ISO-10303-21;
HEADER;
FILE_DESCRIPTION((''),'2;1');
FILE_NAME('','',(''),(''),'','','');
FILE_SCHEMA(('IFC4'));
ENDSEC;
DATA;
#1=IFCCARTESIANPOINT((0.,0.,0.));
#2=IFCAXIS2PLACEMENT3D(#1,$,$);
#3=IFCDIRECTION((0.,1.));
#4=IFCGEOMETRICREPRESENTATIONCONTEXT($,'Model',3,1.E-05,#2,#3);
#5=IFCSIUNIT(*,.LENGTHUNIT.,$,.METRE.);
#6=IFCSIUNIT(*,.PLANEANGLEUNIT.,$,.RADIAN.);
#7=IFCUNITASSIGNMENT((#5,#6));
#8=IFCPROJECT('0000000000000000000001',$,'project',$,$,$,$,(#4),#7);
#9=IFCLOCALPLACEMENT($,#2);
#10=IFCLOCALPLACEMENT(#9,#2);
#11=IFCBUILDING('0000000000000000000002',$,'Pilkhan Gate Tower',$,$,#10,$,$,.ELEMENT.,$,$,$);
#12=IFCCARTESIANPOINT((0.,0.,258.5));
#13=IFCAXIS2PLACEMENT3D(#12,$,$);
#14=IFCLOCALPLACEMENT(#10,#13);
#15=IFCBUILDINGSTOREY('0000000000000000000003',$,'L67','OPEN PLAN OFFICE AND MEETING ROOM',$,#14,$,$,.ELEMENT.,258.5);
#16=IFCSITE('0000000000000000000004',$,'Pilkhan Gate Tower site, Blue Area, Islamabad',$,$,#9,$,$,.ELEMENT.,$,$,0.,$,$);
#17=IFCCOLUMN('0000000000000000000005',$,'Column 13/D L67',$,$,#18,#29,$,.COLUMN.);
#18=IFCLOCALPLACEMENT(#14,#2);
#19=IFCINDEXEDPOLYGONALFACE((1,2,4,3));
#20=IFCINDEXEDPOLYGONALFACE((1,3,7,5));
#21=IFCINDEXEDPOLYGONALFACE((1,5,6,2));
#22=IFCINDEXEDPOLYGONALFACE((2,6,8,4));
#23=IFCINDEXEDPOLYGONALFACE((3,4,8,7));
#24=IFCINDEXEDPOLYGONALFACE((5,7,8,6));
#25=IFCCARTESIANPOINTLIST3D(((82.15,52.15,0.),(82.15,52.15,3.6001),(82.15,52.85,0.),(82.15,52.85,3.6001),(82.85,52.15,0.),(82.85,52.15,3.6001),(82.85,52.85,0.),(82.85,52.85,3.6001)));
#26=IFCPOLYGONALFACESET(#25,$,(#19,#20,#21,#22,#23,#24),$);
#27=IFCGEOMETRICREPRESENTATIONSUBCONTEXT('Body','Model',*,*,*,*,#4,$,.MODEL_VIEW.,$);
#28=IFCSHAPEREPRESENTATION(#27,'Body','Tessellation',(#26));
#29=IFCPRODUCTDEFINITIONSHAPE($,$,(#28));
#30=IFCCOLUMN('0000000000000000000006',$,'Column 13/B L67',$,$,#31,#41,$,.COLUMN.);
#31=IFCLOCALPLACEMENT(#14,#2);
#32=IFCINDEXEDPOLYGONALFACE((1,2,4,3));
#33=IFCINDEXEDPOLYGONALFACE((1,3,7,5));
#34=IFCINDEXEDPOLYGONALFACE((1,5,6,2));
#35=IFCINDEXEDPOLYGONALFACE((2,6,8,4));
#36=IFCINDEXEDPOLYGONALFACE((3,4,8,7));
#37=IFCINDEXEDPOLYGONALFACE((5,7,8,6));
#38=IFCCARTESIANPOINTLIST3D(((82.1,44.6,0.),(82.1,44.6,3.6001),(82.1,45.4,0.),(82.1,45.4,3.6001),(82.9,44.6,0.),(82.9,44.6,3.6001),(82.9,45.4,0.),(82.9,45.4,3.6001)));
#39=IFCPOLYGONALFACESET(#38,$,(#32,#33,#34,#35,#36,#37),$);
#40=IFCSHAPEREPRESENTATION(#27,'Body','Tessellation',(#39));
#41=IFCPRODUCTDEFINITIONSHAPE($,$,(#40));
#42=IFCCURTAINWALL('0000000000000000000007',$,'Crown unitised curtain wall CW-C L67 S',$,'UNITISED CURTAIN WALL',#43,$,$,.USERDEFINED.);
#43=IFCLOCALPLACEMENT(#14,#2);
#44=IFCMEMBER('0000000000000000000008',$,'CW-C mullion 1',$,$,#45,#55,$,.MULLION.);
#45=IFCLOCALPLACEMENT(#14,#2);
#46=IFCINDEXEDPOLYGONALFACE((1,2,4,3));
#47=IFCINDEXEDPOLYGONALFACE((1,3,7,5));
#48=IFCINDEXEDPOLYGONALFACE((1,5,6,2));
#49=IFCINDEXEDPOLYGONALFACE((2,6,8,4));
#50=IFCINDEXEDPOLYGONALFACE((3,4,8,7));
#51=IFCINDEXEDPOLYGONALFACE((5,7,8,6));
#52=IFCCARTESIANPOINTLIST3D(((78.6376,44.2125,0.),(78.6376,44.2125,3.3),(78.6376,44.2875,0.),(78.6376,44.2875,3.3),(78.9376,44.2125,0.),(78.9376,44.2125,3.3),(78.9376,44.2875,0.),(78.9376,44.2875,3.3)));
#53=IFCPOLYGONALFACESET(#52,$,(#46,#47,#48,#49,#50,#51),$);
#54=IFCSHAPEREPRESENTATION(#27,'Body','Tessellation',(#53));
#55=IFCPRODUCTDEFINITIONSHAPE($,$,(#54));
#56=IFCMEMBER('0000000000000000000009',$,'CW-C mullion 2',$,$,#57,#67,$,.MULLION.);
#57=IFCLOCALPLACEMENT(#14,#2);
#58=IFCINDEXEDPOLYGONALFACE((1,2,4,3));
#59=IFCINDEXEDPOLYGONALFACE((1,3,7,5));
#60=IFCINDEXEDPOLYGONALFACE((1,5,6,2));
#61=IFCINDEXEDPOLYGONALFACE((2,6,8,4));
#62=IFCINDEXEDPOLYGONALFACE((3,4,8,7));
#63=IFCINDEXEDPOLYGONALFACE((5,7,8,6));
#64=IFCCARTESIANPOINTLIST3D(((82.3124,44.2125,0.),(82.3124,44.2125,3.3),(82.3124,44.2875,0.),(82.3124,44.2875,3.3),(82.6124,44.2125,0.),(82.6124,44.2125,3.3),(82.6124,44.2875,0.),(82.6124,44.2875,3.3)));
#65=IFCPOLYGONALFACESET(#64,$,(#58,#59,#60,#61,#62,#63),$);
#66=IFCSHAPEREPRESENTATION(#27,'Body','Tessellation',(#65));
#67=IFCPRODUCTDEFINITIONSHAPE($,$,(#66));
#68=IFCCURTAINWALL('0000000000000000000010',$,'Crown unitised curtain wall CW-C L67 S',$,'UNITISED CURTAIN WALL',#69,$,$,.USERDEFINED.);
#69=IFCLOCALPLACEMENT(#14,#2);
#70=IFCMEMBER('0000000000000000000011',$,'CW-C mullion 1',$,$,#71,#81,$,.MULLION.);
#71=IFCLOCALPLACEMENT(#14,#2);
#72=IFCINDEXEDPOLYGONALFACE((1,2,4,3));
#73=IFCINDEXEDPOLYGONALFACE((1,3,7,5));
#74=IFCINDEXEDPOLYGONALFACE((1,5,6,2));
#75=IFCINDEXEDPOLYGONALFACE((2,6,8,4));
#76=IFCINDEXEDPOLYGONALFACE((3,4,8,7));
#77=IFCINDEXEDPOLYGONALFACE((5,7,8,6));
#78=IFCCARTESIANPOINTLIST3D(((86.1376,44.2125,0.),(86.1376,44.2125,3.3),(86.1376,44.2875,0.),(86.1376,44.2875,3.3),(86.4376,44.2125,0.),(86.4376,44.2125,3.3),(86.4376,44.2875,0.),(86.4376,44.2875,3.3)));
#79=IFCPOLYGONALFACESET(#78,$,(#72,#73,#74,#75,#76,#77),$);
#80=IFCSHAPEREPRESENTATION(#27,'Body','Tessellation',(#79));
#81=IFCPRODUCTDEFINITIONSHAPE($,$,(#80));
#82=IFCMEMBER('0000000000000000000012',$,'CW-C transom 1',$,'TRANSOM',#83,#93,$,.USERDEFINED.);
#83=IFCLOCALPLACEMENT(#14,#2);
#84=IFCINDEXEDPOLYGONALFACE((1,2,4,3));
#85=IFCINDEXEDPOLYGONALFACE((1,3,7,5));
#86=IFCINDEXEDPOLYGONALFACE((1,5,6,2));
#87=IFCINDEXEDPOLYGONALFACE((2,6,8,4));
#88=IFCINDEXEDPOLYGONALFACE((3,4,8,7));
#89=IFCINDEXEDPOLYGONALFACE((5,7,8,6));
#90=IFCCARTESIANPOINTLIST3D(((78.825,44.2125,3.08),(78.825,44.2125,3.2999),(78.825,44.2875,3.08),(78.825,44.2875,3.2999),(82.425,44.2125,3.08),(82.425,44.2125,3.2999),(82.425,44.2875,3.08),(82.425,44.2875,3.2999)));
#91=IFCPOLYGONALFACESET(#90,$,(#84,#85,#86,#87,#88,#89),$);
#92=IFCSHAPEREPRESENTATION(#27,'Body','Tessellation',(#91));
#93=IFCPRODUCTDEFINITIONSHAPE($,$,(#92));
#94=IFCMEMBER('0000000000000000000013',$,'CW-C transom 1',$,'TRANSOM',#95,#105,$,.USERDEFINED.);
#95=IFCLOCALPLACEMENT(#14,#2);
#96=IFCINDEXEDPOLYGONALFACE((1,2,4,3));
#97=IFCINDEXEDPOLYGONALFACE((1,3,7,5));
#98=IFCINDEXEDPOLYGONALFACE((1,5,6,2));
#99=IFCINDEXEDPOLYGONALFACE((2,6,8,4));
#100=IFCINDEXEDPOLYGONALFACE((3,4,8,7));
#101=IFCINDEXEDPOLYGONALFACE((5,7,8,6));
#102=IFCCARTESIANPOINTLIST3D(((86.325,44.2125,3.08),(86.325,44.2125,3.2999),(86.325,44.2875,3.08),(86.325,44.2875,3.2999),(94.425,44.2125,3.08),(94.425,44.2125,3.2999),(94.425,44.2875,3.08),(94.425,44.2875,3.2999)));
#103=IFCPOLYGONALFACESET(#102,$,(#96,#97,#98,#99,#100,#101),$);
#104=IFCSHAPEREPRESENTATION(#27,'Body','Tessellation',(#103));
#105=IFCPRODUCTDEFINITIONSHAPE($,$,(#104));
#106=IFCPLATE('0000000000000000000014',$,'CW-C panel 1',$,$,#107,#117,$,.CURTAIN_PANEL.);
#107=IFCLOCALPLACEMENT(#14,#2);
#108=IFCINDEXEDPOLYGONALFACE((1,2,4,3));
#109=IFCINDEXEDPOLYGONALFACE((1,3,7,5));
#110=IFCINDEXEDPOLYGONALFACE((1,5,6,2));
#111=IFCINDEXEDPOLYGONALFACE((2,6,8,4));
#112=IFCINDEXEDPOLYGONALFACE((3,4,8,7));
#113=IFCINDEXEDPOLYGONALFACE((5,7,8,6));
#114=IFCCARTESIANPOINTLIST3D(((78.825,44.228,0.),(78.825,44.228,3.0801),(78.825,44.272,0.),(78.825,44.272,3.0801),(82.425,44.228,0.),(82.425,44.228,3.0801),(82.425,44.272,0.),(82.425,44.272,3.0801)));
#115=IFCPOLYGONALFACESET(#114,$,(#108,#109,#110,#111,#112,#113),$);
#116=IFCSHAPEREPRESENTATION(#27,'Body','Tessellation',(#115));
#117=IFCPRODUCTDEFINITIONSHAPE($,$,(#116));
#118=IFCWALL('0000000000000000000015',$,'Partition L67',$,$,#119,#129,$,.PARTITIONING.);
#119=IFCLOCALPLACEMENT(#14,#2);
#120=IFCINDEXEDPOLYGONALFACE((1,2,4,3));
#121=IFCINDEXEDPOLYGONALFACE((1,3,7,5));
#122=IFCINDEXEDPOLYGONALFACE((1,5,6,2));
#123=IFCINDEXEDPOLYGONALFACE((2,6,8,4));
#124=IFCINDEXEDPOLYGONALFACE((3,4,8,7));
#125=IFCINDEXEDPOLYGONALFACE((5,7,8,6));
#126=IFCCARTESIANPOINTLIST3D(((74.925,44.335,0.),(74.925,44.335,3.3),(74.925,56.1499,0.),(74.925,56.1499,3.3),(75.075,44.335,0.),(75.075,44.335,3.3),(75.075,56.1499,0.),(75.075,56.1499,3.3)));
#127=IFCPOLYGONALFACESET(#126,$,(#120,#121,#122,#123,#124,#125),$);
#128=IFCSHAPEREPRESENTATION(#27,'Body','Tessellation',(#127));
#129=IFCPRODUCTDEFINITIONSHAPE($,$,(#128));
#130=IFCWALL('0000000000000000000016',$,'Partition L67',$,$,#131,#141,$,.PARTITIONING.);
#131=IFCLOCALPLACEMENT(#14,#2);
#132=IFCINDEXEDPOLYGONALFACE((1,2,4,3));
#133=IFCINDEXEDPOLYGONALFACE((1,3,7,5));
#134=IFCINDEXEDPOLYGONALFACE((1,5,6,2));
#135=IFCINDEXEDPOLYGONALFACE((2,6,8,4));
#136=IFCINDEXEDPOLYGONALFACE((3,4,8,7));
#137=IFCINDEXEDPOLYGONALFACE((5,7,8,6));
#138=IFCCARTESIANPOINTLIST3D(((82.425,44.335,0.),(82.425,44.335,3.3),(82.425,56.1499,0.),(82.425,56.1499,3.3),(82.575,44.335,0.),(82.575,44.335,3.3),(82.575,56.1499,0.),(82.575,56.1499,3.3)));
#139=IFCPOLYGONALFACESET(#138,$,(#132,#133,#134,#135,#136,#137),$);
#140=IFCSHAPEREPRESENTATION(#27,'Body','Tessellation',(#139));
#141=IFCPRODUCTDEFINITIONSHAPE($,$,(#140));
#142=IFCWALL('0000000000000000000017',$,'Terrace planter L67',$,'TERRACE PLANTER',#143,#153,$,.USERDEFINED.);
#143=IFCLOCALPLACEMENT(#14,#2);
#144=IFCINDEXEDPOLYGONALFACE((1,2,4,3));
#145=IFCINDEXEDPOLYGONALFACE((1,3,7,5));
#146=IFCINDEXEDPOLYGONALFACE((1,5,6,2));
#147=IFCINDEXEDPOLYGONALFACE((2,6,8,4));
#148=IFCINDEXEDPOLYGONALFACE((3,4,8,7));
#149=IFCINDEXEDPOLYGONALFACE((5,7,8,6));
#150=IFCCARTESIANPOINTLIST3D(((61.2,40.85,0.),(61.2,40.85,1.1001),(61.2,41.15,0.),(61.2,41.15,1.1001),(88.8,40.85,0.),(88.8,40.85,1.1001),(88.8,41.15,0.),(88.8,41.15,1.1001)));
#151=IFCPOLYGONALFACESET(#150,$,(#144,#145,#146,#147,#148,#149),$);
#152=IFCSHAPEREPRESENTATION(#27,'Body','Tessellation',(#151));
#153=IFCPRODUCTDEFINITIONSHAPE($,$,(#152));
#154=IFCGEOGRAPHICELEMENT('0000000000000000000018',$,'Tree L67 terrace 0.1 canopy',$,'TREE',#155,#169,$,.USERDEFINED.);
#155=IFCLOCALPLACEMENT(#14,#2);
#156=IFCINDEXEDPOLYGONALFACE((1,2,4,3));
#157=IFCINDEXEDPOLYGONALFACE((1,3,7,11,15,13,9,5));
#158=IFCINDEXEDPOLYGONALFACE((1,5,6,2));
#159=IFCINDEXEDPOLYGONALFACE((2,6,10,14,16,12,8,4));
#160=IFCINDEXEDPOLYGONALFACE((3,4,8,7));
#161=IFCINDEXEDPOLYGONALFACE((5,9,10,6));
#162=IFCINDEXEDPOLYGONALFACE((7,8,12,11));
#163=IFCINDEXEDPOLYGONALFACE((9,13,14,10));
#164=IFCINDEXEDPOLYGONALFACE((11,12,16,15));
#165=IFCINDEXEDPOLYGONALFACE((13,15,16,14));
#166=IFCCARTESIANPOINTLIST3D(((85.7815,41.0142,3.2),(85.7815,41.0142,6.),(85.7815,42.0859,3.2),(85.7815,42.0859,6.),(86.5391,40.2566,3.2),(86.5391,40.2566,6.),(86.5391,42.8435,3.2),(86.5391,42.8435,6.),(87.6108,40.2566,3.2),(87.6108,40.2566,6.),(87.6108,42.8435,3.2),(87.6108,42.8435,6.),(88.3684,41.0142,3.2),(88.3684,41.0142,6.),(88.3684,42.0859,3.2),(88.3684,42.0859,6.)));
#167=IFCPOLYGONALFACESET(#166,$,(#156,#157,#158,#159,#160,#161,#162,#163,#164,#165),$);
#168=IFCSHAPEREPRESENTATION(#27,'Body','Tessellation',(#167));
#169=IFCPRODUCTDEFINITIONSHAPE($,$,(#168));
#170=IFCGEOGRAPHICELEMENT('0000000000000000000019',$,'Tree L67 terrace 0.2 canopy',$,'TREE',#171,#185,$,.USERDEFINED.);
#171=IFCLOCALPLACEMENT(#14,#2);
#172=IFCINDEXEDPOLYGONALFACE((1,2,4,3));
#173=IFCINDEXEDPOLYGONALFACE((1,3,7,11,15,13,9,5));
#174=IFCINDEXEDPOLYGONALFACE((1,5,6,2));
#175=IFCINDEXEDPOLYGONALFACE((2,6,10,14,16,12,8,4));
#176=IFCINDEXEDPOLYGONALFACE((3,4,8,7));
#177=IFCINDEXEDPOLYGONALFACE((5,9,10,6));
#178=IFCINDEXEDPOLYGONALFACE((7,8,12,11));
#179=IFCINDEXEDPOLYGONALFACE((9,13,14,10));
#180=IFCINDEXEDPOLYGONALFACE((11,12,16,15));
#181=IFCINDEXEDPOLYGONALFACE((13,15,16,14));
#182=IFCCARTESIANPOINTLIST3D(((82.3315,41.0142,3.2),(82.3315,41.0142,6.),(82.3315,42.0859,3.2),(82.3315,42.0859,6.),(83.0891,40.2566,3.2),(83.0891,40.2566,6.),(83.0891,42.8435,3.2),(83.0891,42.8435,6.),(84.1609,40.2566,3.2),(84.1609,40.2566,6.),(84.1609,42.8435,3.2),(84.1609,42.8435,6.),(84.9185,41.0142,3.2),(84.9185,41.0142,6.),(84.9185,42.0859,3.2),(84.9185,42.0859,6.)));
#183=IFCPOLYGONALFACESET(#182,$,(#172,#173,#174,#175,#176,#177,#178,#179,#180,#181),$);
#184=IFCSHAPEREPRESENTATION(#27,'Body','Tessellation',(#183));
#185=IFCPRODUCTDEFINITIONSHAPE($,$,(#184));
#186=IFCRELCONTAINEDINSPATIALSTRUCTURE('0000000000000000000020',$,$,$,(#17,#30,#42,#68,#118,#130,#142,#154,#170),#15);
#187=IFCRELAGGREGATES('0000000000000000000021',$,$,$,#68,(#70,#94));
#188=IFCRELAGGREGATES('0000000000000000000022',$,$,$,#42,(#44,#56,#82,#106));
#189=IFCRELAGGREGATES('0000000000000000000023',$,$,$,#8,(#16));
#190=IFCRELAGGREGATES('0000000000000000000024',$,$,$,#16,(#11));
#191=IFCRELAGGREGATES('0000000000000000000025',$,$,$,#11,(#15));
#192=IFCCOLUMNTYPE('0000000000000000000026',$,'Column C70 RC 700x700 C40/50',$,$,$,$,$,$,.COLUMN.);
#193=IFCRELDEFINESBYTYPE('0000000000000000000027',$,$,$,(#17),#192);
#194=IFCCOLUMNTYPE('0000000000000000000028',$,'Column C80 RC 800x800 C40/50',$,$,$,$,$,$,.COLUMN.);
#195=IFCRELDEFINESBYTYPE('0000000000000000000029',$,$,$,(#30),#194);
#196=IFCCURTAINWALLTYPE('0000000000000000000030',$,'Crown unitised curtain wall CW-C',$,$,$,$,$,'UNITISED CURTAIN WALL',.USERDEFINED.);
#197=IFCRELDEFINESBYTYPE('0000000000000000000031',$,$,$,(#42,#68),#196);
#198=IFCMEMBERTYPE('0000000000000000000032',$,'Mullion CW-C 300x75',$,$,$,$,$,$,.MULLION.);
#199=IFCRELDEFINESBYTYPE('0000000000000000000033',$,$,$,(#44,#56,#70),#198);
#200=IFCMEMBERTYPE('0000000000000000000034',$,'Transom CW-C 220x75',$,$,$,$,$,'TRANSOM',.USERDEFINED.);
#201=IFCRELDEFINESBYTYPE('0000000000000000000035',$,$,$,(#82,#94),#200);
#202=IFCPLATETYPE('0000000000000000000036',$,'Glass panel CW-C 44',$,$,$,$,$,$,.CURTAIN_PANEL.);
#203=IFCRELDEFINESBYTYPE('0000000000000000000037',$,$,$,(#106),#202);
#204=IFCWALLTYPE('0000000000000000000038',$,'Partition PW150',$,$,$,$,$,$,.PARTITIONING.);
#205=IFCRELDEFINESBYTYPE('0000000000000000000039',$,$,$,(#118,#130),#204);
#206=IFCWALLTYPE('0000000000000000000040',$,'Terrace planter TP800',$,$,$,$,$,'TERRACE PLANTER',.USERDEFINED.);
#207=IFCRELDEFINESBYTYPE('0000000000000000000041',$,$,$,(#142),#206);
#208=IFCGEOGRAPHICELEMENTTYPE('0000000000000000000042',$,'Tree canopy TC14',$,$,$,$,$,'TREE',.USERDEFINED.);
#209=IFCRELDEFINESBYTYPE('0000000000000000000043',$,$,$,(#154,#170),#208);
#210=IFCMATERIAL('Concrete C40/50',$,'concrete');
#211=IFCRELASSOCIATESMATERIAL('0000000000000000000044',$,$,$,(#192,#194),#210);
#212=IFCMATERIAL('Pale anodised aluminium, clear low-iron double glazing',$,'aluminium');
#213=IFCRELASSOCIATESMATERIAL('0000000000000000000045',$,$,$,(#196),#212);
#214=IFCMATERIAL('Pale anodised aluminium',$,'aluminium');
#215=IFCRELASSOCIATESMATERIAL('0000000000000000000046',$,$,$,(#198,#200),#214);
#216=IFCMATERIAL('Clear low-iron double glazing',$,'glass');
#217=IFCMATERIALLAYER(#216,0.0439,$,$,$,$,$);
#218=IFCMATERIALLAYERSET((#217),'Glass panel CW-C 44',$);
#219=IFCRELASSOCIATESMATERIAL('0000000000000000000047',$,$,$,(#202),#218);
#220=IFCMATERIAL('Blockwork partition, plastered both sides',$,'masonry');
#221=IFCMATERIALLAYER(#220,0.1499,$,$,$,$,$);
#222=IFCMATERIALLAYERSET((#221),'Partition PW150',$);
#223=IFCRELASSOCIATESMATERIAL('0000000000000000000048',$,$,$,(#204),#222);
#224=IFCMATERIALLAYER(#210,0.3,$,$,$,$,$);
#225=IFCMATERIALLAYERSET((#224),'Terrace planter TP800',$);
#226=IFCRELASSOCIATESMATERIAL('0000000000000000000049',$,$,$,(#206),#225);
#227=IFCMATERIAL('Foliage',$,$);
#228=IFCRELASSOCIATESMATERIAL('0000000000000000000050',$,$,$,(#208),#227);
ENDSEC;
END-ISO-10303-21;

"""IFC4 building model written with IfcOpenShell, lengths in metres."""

from ifc_helpers import new_model, si_unit, direction, frame, frame_2d, origin, origin_2d, place, context, subcontext, project, spatial, polyline, rectangle, outline, extrude, material, layer, layer_set, material_profile, profile_set, type_object, element, aggregate, save


model = new_model("IFC4")

# Units and contexts
model_context = context("Model", 3, precision=1e-05, world=origin(), true_north=direction((0.0, 1.0)))
body_context = subcontext(model_context, "Body", "Model", "MODEL_VIEW")
ifc_project = project(units=[si_unit("LENGTHUNIT", "METRE"), si_unit("PLANEANGLEUNIT", "RADIAN")], contexts=[model_context])

# Site, building, storey
site_placement = place(None, origin())
site = spatial("IfcSite", under=ifc_project, at=site_placement, Name="Pilkhan Gate Tower site, Blue Area, Islamabad", CompositionType="ELEMENT", RefElevation=0.0)
building_placement = place(site_placement, origin())
building = spatial("IfcBuilding", under=site, at=building_placement, Name="Pilkhan Gate Tower", CompositionType="ELEMENT")
storey_placement = place(building_placement, frame((0.0, 0.0, 258.5)))
storey = spatial("IfcBuildingStorey", under=building, at=storey_placement, Name="L67", Description="OPEN PLAN OFFICE AND MEETING ROOM", CompositionType="ELEMENT", Elevation=258.5)

# Columns
ifc_material_1 = material(Name="Concrete C40/50", Category="concrete")
ifc_material_profile_1 = material_profile(ifc_material_1, rectangle(XDim=0.7, YDim=0.7, at=origin_2d()), Name="RC 700x700")
ifc_profile_set_1 = profile_set([ifc_material_profile_1], Name="Concrete C40/50")
column_type_1 = type_object("IfcColumnType", Name="Column C70 RC 700x700 C40/50", PredefinedType="COLUMN", material=ifc_profile_set_1)
column_1_placement = place(storey_placement, frame((82.5, 52.5, 0.0), z_axis=(0.0, 0.0, 1.0), x_axis=(1.0, 0.0, 0.0)))
element("IfcColumn", 1, at=column_1_placement, inside=storey, type_object=column_type_1, Name="Column 13/D L67", PredefinedType="COLUMN", context=body_context, shape_type="SweptSolid", body=[
    extrude(rectangle(XDim=0.7, YDim=0.7, at=origin_2d()), origin(), (0.0, 0.0, 1.0), 3.6001),
])
ifc_material_profile_2 = material_profile(ifc_material_1, rectangle(XDim=0.8, YDim=0.8, at=origin_2d()), Name="RC 800x800")
ifc_profile_set_2 = profile_set([ifc_material_profile_2], Name="Concrete C40/50")
column_type_2 = type_object("IfcColumnType", Name="Column C80 RC 800x800 C40/50", PredefinedType="COLUMN", material=ifc_profile_set_2)
column_2_placement = place(storey_placement, frame((82.5, 45.0, 0.0), z_axis=(0.0, 0.0, 1.0), x_axis=(1.0, 0.0, 0.0)))
element("IfcColumn", 2, at=column_2_placement, inside=storey, type_object=column_type_2, Name="Column 13/B L67", PredefinedType="COLUMN", context=body_context, shape_type="SweptSolid", body=[
    extrude(rectangle(XDim=0.8, YDim=0.8, at=origin_2d()), origin(), (0.0, 0.0, 1.0), 3.6001),
])

# Curtain wall, members
ifc_material_2 = material(Name="Pale anodised aluminium, clear low-iron double glazing", Category="aluminium")
curtain_wall_type = type_object("IfcCurtainWallType", Name="Crown unitised curtain wall CW-C", ElementType="UNITISED CURTAIN WALL", PredefinedType="USERDEFINED", material=ifc_material_2)
curtain_wall_1_placement = place(storey_placement, origin())
curtain_wall_1 = element("IfcCurtainWall", 3, at=curtain_wall_1_placement, inside=storey, type_object=curtain_wall_type, Name="Crown unitised curtain wall CW-C L67 S", ObjectType="UNITISED CURTAIN WALL", PredefinedType="USERDEFINED")
ifc_material_3 = material(Name="Pale anodised aluminium", Category="aluminium")
ifc_material_profile_3 = material_profile(ifc_material_3, rectangle(XDim=0.075, YDim=0.3, at=origin_2d()), Name="Mullion 300x75")
ifc_profile_set_3 = profile_set([ifc_material_profile_3], Name="Pale anodised aluminium")
member_type_1 = type_object("IfcMemberType", Name="Mullion CW-C 300x75", PredefinedType="MULLION", material=ifc_profile_set_3)
member_1_placement = place(storey_placement, frame((78.7876, 44.25, 0.0), z_axis=(0.0, 0.0, 1.0), x_axis=(0.0, 1.0, 0.0)))
member_1 = element("IfcMember", 4, at=member_1_placement, type_object=member_type_1, Name="CW-C mullion 1", PredefinedType="MULLION", context=body_context, shape_type="SweptSolid", body=[
    extrude(rectangle(XDim=0.075, YDim=0.3, at=origin_2d()), origin(), (0.0, 0.0, 1.0), 3.3),
])
member_2_placement = place(storey_placement, frame((82.4624, 44.25, 0.0), z_axis=(0.0, 0.0, 1.0), x_axis=(0.0, 1.0, 0.0)))
member_2 = element("IfcMember", 5, at=member_2_placement, type_object=member_type_1, Name="CW-C mullion 2", PredefinedType="MULLION", context=body_context, shape_type="SweptSolid", body=[
    extrude(rectangle(XDim=0.075, YDim=0.3, at=origin_2d()), origin(), (0.0, 0.0, 1.0), 3.3),
])

# Curtain wall, member
curtain_wall_2_placement = place(storey_placement, origin())
curtain_wall_2 = element("IfcCurtainWall", 6, at=curtain_wall_2_placement, inside=storey, type_object=curtain_wall_type, Name="Crown unitised curtain wall CW-C L67 S", ObjectType="UNITISED CURTAIN WALL", PredefinedType="USERDEFINED")
member_3_placement = place(storey_placement, frame((86.2876, 44.25, 0.0), z_axis=(0.0, 0.0, 1.0), x_axis=(0.0, 1.0, 0.0)))
member_3 = element("IfcMember", 7, at=member_3_placement, type_object=member_type_1, Name="CW-C mullion 1", PredefinedType="MULLION", context=body_context, shape_type="SweptSolid", body=[
    extrude(rectangle(XDim=0.075, YDim=0.3, at=origin_2d()), origin(), (0.0, 0.0, 1.0), 3.3),
])

# Members
ifc_material_profile_4 = material_profile(ifc_material_3, rectangle(XDim=0.075, YDim=0.22, at=origin_2d()), Name="Transom 220x75")
ifc_profile_set_4 = profile_set([ifc_material_profile_4], Name="Pale anodised aluminium")
member_type_2 = type_object("IfcMemberType", Name="Transom CW-C 220x75", ElementType="TRANSOM", PredefinedType="USERDEFINED", material=ifc_profile_set_4)
member_4_placement = place(storey_placement, frame((78.825, 44.25, 3.1899), z_axis=(1.0, 0.0, 0.0), x_axis=(0.0, 1.0, 0.0)))
member_4 = element("IfcMember", 8, at=member_4_placement, type_object=member_type_2, Name="CW-C transom 1", ObjectType="TRANSOM", PredefinedType="USERDEFINED", context=body_context, shape_type="SweptSolid", body=[
    extrude(rectangle(XDim=0.075, YDim=0.22, at=origin_2d()), origin(), (0.0, 0.0, 1.0), 3.6001),
])
member_5_placement = place(storey_placement, frame((86.325, 44.25, 3.1899), z_axis=(1.0, 0.0, 0.0), x_axis=(0.0, 1.0, 0.0)))
member_5 = element("IfcMember", 9, at=member_5_placement, type_object=member_type_2, Name="CW-C transom 1", ObjectType="TRANSOM", PredefinedType="USERDEFINED", context=body_context, shape_type="SweptSolid", body=[
    extrude(rectangle(XDim=0.075, YDim=0.22, at=origin_2d()), origin(), (0.0, 0.0, 1.0), 8.1001),
])
aggregate(curtain_wall_2, [member_3, member_5])

# Plate
ifc_material_4 = material(Name="Clear low-iron double glazing", Category="glass")
ifc_layer_1 = layer(ifc_material_4, 0.0439)
ifc_layer_set_1 = layer_set([ifc_layer_1], Name="Glass panel CW-C 44")
plate_type = type_object("IfcPlateType", Name="Glass panel CW-C 44", PredefinedType="CURTAIN_PANEL", material=ifc_layer_set_1)
plate_placement = place(storey_placement, frame((80.625, 44.25, 0.0), z_axis=(0.0, 0.0, 1.0), x_axis=(1.0, 0.0, 0.0)))
plate = element("IfcPlate", 10, at=plate_placement, type_object=plate_type, Name="CW-C panel 1", PredefinedType="CURTAIN_PANEL", context=body_context, shape_type="SweptSolid", body=[
    extrude(rectangle(XDim=3.6001, YDim=0.0439, at=origin_2d()), origin(), (0.0, 0.0, 1.0), 3.0801),
])
aggregate(curtain_wall_1, [member_1, member_2, member_4, plate])

# Walls
ifc_material_5 = material(Name="Blockwork partition, plastered both sides", Category="masonry")
ifc_layer_2 = layer(ifc_material_5, 0.1499)
ifc_layer_set_2 = layer_set([ifc_layer_2], Name="Partition PW150")
wall_type_1 = type_object("IfcWallType", Name="Partition PW150", PredefinedType="PARTITIONING", material=ifc_layer_set_2)
for number, where, z_axis, x_axis, name in (
    (11, (75.0, 44.335, 0.0), (0.0, 0.0, 1.0), (0.0, 1.0, 0.0), "Partition L67"),
    (12, (82.5, 44.335, 0.0), (0.0, 0.0, 1.0), (0.0, 1.0, 0.0), "Partition L67"),
):
    element("IfcWall", number, at=place(storey_placement, frame(where, z_axis=z_axis, x_axis=x_axis)), inside=storey, type_object=wall_type_1, Name=name, PredefinedType="PARTITIONING", context=body_context, shape_type="SweptSolid", body=[
        extrude(rectangle(XDim=11.8149, YDim=0.1499, at=frame_2d((5.9075, 0.0))), origin(), (0.0, 0.0, 1.0), 3.3),
    ])
ifc_layer_3 = layer(ifc_material_1, 0.3)
ifc_layer_set_3 = layer_set([ifc_layer_3], Name="Terrace planter TP800")
wall_type_2 = type_object("IfcWallType", Name="Terrace planter TP800", ElementType="TERRACE PLANTER", PredefinedType="USERDEFINED", material=ifc_layer_set_3)
wall_1_placement = place(storey_placement, frame((88.8, 41.0, 0.0), z_axis=(0.0, 0.0, 1.0), x_axis=(-1.0, 0.0, 0.0)))
element("IfcWall", 13, at=wall_1_placement, inside=storey, type_object=wall_type_2, Name="Terrace planter L67", ObjectType="TERRACE PLANTER", PredefinedType="USERDEFINED", context=body_context, shape_type="SweptSolid", body=[
    extrude(rectangle(XDim=27.6001, YDim=0.3, at=frame_2d((13.8, 0.0))), origin(), (0.0, 0.0, 1.0), 1.1001),
])

# Geographic elements
ifc_material_6 = material(Name="Foliage")
ifc_material_profile_5 = material_profile(ifc_material_6, outline(polyline([(1.2935, 0.5359), (0.5359, 1.2935), (-0.5359, 1.2935), (-1.2935, 0.5359), (-1.2935, -0.5359), (-0.5359, -1.2935), (0.5359, -1.2935), (1.2935, -0.5359), (1.2935, 0.5359)])), Name="Canopy D2.8")
ifc_profile_set_5 = profile_set([ifc_material_profile_5], Name="Foliage")
geographic_element_type_1 = type_object("IfcGeographicElementType", Name="Tree canopy TC14", ElementType="TREE", PredefinedType="USERDEFINED", material=ifc_profile_set_5)
for number, where, z_axis, x_axis, name in (
    (14, (87.075, 41.55, 3.2), (0.0, 0.0, 1.0), (1.0, 0.0, 0.0), "Tree L67 terrace 0.1 canopy"),
    (15, (83.625, 41.55, 3.2), (0.0, 0.0, 1.0), (1.0, 0.0, 0.0), "Tree L67 terrace 0.2 canopy"),
):
    element("IfcGeographicElement", number, at=place(storey_placement, frame(where, z_axis=z_axis, x_axis=x_axis)), inside=storey, type_object=geographic_element_type_1, Name=name, ObjectType="TREE", PredefinedType="USERDEFINED", context=body_context, shape_type="SweptSolid", body=[
        extrude(outline(polyline([(1.2935, 0.5359), (0.5359, 1.2935), (-0.5359, 1.2935), (-1.2935, 0.5359), (-1.2935, -0.5359), (-0.5359, -1.2935), (0.5359, -1.2935), (1.2935, -0.5359), (1.2935, 0.5359)])), origin(), (0.0, 0.0, 1.0), 2.8),
    ])

save(model, "model.ifc")
